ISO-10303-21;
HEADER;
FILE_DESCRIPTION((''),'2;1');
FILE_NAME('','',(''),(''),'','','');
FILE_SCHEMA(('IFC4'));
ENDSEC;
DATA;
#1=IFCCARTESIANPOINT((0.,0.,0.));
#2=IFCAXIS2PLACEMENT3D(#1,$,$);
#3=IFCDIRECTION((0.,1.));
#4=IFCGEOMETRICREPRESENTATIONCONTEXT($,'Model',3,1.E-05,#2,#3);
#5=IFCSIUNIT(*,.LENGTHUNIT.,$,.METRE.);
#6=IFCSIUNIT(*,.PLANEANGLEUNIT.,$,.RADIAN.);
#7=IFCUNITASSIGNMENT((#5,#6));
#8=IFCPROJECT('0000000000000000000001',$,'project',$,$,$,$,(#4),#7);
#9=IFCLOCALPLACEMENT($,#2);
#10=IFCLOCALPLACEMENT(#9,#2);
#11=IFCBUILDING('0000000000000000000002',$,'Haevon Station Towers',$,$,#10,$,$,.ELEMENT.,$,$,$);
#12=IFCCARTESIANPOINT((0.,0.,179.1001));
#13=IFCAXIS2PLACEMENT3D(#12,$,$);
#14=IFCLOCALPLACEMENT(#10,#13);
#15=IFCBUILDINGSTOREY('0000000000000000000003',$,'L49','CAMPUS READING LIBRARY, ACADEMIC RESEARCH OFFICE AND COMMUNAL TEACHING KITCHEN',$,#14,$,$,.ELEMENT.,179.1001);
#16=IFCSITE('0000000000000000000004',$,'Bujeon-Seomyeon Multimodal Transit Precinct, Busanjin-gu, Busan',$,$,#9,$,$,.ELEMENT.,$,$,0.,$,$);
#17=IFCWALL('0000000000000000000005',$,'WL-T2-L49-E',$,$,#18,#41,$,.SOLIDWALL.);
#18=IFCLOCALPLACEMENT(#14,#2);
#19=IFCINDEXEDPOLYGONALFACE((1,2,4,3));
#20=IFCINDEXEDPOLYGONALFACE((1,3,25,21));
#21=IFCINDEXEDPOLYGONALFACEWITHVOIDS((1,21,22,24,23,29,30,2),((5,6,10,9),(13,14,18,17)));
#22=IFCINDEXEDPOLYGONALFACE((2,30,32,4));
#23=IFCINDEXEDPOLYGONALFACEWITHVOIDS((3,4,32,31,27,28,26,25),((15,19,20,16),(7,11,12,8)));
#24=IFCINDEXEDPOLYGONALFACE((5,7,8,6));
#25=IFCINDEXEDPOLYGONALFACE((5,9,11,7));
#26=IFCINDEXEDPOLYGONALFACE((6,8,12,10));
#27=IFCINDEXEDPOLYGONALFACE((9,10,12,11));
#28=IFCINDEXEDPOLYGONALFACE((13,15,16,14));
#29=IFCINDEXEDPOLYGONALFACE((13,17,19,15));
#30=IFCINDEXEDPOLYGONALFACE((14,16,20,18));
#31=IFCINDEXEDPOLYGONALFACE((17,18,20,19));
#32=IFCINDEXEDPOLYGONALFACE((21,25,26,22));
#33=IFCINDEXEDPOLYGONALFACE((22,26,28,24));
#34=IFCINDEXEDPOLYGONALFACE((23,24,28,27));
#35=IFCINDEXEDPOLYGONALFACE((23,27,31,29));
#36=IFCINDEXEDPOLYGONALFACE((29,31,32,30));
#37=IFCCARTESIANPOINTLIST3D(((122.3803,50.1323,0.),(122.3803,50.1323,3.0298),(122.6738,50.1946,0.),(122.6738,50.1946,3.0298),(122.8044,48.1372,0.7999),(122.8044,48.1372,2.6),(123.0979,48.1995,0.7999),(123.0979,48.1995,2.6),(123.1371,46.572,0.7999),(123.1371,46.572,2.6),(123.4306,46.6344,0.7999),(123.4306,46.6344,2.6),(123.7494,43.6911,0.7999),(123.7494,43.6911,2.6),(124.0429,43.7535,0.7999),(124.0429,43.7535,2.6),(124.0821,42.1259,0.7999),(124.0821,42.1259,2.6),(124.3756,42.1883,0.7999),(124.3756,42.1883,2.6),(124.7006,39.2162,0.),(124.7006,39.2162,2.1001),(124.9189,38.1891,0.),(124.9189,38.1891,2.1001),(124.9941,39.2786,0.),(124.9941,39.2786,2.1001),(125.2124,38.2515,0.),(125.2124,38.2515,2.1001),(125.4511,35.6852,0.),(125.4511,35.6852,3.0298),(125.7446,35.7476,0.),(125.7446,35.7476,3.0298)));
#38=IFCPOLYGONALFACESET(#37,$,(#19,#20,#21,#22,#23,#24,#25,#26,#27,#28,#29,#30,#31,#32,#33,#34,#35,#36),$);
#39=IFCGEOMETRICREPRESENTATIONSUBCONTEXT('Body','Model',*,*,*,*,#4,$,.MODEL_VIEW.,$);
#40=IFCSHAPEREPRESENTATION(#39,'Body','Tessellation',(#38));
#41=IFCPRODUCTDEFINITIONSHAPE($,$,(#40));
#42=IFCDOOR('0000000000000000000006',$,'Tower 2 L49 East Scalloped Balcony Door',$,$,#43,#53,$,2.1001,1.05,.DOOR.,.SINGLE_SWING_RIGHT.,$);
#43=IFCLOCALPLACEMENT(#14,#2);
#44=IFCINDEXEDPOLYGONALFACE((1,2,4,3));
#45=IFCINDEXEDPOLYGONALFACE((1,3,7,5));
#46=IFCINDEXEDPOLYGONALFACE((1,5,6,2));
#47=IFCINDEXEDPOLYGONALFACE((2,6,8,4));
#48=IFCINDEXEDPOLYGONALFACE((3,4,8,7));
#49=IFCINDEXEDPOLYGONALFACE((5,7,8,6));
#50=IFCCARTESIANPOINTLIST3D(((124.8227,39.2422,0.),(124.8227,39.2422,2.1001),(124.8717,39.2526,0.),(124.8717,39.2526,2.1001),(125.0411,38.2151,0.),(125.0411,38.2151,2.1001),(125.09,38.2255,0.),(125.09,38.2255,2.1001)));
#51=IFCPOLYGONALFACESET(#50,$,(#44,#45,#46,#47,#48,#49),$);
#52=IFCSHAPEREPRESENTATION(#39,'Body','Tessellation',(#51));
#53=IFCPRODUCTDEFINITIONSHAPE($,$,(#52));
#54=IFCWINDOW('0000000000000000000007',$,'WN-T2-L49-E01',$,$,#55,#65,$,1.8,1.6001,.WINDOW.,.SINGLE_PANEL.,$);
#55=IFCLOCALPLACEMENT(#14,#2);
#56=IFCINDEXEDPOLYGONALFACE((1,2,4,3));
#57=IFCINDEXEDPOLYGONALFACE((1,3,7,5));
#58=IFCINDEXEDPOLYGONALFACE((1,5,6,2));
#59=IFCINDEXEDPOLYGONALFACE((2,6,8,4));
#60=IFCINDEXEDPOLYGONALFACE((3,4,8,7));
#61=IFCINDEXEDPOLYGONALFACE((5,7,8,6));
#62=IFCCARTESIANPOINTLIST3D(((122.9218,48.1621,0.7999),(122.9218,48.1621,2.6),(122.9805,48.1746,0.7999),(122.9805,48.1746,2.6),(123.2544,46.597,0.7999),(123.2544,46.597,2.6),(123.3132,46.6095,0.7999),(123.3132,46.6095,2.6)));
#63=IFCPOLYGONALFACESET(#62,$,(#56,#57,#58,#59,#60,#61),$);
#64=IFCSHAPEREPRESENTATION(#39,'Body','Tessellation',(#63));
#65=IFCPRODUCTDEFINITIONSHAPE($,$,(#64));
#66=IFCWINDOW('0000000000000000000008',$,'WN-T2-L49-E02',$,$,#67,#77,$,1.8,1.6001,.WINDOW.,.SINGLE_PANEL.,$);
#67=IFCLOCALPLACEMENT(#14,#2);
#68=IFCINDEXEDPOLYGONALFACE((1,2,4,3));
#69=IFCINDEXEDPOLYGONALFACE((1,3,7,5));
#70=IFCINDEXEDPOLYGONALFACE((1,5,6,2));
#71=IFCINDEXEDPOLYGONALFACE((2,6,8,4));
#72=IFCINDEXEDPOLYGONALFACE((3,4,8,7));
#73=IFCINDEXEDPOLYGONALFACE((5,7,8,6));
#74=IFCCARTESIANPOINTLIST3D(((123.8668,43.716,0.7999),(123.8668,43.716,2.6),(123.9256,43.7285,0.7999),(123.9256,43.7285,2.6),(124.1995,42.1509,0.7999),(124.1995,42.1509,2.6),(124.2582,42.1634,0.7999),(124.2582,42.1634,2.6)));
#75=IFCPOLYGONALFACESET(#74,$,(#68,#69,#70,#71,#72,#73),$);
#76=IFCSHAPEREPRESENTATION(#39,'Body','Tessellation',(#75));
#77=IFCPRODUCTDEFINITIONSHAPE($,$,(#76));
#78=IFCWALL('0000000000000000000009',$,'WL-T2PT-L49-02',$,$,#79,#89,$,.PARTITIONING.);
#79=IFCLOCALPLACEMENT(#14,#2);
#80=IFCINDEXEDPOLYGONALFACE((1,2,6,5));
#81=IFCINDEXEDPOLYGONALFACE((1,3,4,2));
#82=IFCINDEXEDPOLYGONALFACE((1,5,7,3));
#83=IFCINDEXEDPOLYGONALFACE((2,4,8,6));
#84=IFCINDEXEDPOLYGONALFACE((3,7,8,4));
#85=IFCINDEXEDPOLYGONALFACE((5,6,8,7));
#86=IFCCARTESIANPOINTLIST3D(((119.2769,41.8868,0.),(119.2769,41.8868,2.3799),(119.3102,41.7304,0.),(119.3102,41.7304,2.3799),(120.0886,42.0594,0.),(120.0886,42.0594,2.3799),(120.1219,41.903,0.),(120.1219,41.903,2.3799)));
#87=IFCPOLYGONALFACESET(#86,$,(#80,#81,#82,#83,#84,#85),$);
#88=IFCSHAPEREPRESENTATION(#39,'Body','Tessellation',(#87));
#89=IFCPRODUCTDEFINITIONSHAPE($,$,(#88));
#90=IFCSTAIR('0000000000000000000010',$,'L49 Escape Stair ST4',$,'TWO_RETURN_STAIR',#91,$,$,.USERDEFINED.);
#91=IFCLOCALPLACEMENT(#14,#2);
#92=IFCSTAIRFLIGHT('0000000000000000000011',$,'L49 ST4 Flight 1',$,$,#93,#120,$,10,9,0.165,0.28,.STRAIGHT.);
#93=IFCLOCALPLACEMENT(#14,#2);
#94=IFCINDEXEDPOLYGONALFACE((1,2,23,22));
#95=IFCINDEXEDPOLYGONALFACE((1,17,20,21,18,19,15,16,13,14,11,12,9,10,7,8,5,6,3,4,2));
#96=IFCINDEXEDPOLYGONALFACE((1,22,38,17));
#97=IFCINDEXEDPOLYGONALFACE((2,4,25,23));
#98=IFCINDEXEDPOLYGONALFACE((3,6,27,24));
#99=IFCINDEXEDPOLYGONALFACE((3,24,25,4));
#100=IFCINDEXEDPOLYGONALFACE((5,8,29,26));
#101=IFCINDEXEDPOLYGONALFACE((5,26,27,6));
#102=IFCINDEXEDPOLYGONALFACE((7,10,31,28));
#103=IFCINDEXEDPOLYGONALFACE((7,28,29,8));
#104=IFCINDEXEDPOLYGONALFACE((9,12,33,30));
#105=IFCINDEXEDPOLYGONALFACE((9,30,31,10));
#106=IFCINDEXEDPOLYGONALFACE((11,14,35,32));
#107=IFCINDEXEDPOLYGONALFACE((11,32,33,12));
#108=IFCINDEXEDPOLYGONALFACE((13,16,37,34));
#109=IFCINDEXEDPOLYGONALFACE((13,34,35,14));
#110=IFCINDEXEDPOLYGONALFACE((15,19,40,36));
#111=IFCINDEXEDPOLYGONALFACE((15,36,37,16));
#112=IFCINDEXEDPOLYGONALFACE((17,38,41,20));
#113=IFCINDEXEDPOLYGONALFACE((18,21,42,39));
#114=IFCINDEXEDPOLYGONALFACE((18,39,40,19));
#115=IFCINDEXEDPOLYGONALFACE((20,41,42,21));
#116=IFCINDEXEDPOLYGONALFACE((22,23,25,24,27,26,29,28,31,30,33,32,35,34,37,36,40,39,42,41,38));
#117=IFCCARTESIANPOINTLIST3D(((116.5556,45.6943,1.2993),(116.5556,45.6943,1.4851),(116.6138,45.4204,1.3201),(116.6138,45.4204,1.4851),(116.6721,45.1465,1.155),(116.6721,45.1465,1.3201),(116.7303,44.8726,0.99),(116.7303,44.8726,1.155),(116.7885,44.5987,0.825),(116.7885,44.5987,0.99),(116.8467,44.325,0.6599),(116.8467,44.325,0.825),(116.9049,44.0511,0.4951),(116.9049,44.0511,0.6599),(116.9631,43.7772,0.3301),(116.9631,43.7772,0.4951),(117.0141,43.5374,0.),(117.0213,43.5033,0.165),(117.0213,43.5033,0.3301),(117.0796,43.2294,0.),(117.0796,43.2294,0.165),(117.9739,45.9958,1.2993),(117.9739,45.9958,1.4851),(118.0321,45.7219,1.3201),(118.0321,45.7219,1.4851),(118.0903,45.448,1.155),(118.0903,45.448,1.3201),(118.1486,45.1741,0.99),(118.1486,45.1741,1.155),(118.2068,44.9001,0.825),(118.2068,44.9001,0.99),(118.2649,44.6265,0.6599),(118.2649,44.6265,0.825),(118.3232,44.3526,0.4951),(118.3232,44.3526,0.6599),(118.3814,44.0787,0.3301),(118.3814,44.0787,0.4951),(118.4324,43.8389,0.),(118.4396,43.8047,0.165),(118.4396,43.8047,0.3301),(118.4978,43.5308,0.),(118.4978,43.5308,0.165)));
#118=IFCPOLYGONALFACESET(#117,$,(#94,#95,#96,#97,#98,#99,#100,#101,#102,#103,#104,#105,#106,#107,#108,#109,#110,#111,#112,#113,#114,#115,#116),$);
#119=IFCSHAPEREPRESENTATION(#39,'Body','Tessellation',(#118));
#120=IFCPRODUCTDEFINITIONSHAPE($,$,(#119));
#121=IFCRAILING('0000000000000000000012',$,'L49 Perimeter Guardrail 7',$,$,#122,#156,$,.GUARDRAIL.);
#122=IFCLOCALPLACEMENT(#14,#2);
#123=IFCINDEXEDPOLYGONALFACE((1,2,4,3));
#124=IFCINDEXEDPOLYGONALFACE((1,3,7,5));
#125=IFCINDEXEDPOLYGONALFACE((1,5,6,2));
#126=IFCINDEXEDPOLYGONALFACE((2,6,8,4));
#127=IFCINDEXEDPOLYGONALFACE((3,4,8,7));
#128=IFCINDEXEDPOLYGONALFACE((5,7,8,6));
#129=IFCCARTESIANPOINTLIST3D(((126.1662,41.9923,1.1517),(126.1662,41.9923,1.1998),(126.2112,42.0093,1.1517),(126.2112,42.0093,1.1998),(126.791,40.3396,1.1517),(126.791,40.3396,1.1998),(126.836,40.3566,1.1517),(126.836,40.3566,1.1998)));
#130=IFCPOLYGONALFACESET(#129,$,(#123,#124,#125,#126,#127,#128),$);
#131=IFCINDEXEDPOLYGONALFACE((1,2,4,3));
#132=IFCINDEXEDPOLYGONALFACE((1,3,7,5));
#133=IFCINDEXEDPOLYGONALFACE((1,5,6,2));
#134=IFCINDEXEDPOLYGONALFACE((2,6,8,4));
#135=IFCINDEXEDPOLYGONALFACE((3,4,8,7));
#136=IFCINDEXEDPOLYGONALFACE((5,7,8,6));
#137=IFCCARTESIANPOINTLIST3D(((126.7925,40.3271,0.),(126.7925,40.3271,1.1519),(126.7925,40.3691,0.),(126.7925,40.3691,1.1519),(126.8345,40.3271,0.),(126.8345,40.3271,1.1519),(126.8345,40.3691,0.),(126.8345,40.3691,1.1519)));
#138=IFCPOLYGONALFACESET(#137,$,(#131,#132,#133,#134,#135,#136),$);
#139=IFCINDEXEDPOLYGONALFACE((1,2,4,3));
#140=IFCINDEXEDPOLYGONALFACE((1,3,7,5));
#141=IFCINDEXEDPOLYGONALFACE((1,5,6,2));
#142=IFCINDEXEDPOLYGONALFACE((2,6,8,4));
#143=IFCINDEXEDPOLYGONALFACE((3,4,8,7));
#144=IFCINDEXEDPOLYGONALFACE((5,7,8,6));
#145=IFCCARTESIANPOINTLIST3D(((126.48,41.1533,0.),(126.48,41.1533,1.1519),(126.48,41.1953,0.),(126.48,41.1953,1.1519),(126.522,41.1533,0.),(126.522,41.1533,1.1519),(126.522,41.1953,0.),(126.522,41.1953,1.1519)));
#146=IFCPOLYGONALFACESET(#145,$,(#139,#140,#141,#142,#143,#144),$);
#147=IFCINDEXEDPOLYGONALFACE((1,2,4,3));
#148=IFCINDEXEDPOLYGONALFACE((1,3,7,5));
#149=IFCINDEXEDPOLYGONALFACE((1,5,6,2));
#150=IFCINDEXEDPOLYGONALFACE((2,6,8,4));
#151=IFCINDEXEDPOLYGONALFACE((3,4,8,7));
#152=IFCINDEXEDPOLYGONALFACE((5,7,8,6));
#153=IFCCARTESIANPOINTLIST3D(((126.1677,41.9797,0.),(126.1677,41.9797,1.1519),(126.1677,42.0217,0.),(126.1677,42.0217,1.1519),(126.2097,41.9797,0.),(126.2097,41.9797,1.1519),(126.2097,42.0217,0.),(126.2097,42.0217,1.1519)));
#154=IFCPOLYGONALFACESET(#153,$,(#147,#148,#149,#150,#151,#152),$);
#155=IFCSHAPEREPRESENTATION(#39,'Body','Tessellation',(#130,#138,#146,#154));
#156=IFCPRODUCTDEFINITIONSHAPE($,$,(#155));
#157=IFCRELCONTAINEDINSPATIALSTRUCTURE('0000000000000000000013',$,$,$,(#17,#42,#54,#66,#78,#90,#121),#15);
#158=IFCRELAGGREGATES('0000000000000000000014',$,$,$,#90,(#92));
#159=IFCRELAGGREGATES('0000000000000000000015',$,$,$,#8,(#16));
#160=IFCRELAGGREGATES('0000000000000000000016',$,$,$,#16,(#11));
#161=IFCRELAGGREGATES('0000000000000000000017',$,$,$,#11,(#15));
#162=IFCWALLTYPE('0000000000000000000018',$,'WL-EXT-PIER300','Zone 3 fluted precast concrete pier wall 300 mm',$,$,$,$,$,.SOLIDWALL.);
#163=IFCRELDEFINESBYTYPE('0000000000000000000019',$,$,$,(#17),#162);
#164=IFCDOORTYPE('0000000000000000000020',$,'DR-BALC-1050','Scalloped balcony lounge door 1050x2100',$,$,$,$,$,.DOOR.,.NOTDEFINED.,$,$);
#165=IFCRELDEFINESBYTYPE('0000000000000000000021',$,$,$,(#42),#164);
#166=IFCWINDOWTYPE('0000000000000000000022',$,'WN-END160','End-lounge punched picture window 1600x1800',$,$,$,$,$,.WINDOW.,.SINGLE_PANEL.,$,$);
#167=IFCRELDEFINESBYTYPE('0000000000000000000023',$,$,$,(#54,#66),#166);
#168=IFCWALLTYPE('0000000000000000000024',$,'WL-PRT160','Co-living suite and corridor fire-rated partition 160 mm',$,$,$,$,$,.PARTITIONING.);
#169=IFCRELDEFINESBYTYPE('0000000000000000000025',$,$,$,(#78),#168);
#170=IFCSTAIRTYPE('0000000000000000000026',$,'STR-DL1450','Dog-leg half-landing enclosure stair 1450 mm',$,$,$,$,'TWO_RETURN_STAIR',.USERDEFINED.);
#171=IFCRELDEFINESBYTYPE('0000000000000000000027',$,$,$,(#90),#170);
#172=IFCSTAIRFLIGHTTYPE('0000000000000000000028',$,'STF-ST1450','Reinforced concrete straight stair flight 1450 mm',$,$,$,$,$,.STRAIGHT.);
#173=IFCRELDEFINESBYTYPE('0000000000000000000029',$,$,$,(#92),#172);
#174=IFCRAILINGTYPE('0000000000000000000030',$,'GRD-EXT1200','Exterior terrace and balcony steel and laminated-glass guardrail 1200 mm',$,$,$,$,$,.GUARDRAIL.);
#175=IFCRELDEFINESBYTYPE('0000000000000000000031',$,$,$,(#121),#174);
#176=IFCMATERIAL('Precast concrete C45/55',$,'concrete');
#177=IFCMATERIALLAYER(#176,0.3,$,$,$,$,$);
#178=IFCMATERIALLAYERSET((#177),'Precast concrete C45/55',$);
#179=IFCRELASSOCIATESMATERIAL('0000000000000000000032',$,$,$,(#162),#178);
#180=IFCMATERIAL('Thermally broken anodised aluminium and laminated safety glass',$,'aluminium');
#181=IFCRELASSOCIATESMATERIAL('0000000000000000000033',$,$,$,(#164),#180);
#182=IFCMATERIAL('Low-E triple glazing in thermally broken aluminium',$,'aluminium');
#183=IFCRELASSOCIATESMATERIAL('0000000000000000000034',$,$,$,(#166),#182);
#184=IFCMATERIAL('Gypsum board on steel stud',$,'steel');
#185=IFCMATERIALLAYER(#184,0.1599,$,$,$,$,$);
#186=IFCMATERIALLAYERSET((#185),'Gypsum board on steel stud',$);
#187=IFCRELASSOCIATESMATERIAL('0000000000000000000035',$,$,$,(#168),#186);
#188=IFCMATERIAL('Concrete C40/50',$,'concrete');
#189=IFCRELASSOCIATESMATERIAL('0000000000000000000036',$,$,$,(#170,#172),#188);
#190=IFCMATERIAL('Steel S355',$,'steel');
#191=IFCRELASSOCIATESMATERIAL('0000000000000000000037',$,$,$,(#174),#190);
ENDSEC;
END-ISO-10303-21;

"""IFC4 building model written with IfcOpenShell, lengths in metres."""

from ifc_helpers import new_model, si_unit, direction, frame, frame_2d, origin, origin_2d, place, context, subcontext, project, spatial, polyline, rectangle, outline, extrude, material, layer, layer_set, type_object, element, fill, aggregate, save


model = new_model("IFC4")

# Units and contexts
model_context = context("Model", 3, precision=1e-05, world=origin(), true_north=direction((0.0, 1.0)))
body_context = subcontext(model_context, "Body", "Model", "MODEL_VIEW")
ifc_project = project(units=[si_unit("LENGTHUNIT", "METRE"), si_unit("PLANEANGLEUNIT", "RADIAN")], contexts=[model_context])

# Site, building, storey
site_placement = place(None, origin())
site = spatial("IfcSite", under=ifc_project, at=site_placement, Name="Bujeon-Seomyeon Multimodal Transit Precinct, Busanjin-gu, Busan", CompositionType="ELEMENT", RefElevation=0.0)
building_placement = place(site_placement, origin())
building = spatial("IfcBuilding", under=site, at=building_placement, Name="Haevon Station Towers", CompositionType="ELEMENT")
storey_placement = place(building_placement, frame((0.0, 0.0, 179.1001)))
storey = spatial("IfcBuildingStorey", under=building, at=storey_placement, Name="L49", Description="CAMPUS READING LIBRARY, ACADEMIC RESEARCH OFFICE AND COMMUNAL TEACHING KITCHEN", CompositionType="ELEMENT", Elevation=179.1001)

# Shared definitions
ifc_material_1 = material(Name="Steel S355", Category="steel")

# Shared definitions
ifc_material_2 = material(Name="Precast concrete C45/55", Category="concrete")
ifc_layer_1 = layer(ifc_material_2, 0.3)
ifc_layer_set_1 = layer_set([ifc_layer_1], Name="Precast concrete C45/55")
wall_type_1 = type_object("IfcWallType", Name="WL-EXT-PIER300", Description="Zone 3 fluted precast concrete pier wall 300 mm", PredefinedType="SOLIDWALL", material=ifc_layer_set_1)

# Wall, openings, door, windows
wall_1_placement = place(storey_placement, frame((122.5271, 50.1633, 0.0), z_axis=(0.0, 0.0, 1.0), x_axis=(0.207911, -0.978148, 0.0)))
wall_1 = element("IfcWall", 1, at=wall_1_placement, inside=storey, type_object=wall_type_1, Name="WL-T2-L49-E", PredefinedType="SOLIDWALL", context=body_context, shape_type="SweptSolid", body=[
    extrude(rectangle(XDim=14.7698, YDim=0.3, at=frame_2d((7.3848, 0.0))), origin(), (0.0, 0.0, 1.0), 3.0298),
])
opening_1_placement = place(wall_1_placement, frame((11.1599, 0.0, 0.0)))
opening_1 = element("IfcOpeningElement", 2, at=opening_1_placement, cuts=wall_1, PredefinedType="OPENING", context=body_context, shape_type="SweptSolid", body=[
    extrude(rectangle(XDim=1.05, YDim=2.1001, at=frame_2d((0.5249, 1.05))), frame((0.0, 0.1599, 0.0), z_axis=(0.0, -1.0, 0.0), x_axis=(1.0, 0.0, 0.0)), (0.0, 0.0, 1.0), 0.3201),
])
opening_2_placement = place(wall_1_placement, frame((2.0396, 0.0, 0.8)))
opening_2 = element("IfcOpeningElement", 3, at=opening_2_placement, cuts=wall_1, PredefinedType="OPENING", context=body_context, shape_type="SweptSolid", body=[
    extrude(rectangle(XDim=1.6001, YDim=1.8, at=frame_2d((0.8, 0.8999))), frame((0.0, 0.1599, 0.0), z_axis=(0.0, -1.0, 0.0), x_axis=(1.0, 0.0, 0.0)), (0.0, 0.0, 1.0), 0.3201),
])
opening_3_placement = place(wall_1_placement, frame((6.585, 0.0, 0.8)))
opening_3 = element("IfcOpeningElement", 4, at=opening_3_placement, cuts=wall_1, PredefinedType="OPENING", context=body_context, shape_type="SweptSolid", body=[
    extrude(rectangle(XDim=1.6001, YDim=1.8, at=frame_2d((0.8, 0.8999))), frame((0.0, 0.1599, 0.0), z_axis=(0.0, -1.0, 0.0), x_axis=(1.0, 0.0, 0.0)), (0.0, 0.0, 1.0), 0.3201),
])
ifc_material_3 = material(Name="Thermally broken anodised aluminium and laminated safety glass", Category="aluminium")
door_type = type_object("IfcDoorType", Name="DR-BALC-1050", Description="Scalloped balcony lounge door 1050x2100", OperationType="NOTDEFINED", PredefinedType="DOOR", material=ifc_material_3)
door_placement = place(opening_1_placement, origin())
door = element("IfcDoor", 5, at=door_placement, inside=storey, type_object=door_type, Name="Tower 2 L49 East Scalloped Balcony Door", OperationType="SINGLE_SWING_RIGHT", OverallHeight=2.1001, OverallWidth=1.05, PredefinedType="DOOR", context=body_context, shape_type="SweptSolid", body=[
    extrude(rectangle(XDim=1.05, YDim=2.1001, at=frame_2d((0.5249, 1.05))), frame((0.0, 0.0249, 0.0), z_axis=(0.0, -1.0, 0.0), x_axis=(1.0, 0.0, 0.0)), (0.0, 0.0, 1.0), 0.05),
])
fill(opening_1, door)
ifc_material_4 = material(Name="Low-E triple glazing in thermally broken aluminium", Category="aluminium")
window_type = type_object("IfcWindowType", Name="WN-END160", Description="End-lounge punched picture window 1600x1800", PartitioningType="SINGLE_PANEL", PredefinedType="WINDOW", material=ifc_material_4)
window_1_placement = place(opening_2_placement, origin())
window_1 = element("IfcWindow", 6, at=window_1_placement, inside=storey, type_object=window_type, Name="WN-T2-L49-E01", OverallHeight=1.8, OverallWidth=1.6001, PartitioningType="SINGLE_PANEL", PredefinedType="WINDOW", context=body_context, shape_type="SweptSolid", body=[
    extrude(rectangle(XDim=1.6001, YDim=1.8, at=frame_2d((0.8, 0.8999))), frame((0.0, 0.03, 0.0), z_axis=(0.0, -1.0, 0.0), x_axis=(1.0, 0.0, 0.0)), (0.0, 0.0, 1.0), 0.0601),
])
fill(opening_2, window_1)
window_2_placement = place(opening_3_placement, origin())
window_2 = element("IfcWindow", 7, at=window_2_placement, inside=storey, type_object=window_type, Name="WN-T2-L49-E02", OverallHeight=1.8, OverallWidth=1.6001, PartitioningType="SINGLE_PANEL", PredefinedType="WINDOW", context=body_context, shape_type="SweptSolid", body=[
    extrude(rectangle(XDim=1.6001, YDim=1.8, at=frame_2d((0.8, 0.8999))), frame((0.0, 0.03, 0.0), z_axis=(0.0, -1.0, 0.0), x_axis=(1.0, 0.0, 0.0)), (0.0, 0.0, 1.0), 0.0601),
])
fill(opening_3, window_2)

# Wall
ifc_material_5 = material(Name="Gypsum board on steel stud", Category="steel")
ifc_layer_2 = layer(ifc_material_5, 0.1599)
ifc_layer_set_2 = layer_set([ifc_layer_2], Name="Gypsum board on steel stud")
wall_type_2 = type_object("IfcWallType", Name="WL-PRT160", Description="Co-living suite and corridor fire-rated partition 160 mm", PredefinedType="PARTITIONING", material=ifc_layer_set_2)
wall_2_placement = place(storey_placement, frame((119.2935, 41.8086, 0.0), z_axis=(0.0, 0.0, 1.0), x_axis=(0.978133, 0.207982, 0.0)))
element("IfcWall", 8, at=wall_2_placement, inside=storey, type_object=wall_type_2, Name="WL-T2PT-L49-02", PredefinedType="PARTITIONING", context=body_context, shape_type="SweptSolid", body=[
    extrude(rectangle(XDim=0.8298, YDim=0.1599, at=frame_2d((0.415, 0.0))), origin(), (0.0, 0.0, 1.0), 2.3799),
])

# Stair, stair flight
ifc_material_6 = material(Name="Concrete C40/50", Category="concrete")
stair_type = type_object("IfcStairType", Name="STR-DL1450", Description="Dog-leg half-landing enclosure stair 1450 mm", ElementType="TWO_RETURN_STAIR", PredefinedType="USERDEFINED", material=ifc_material_6)
stair_placement = place(storey_placement, origin())
stair = element("IfcStair", 9, at=stair_placement, inside=storey, type_object=stair_type, Name="L49 Escape Stair ST4", ObjectType="TWO_RETURN_STAIR", PredefinedType="USERDEFINED")
stair_flight_type = type_object("IfcStairFlightType", Name="STF-ST1450", Description="Reinforced concrete straight stair flight 1450 mm", PredefinedType="STRAIGHT", material=ifc_material_6)
stair_flight_placement = place(storey_placement, frame((117.7888, 43.3801, 0.0), z_axis=(0.0, 0.0, 1.0), x_axis=(-0.207912, 0.978148, 0.0)))
stair_flight = element("IfcStairFlight", 10, at=stair_flight_placement, type_object=stair_flight_type, Name="L49 ST4 Flight 1", NumberOfRisers=10, NumberOfTreads=9, PredefinedType="STRAIGHT", RiserHeight=0.165, TreadLength=0.28, context=body_context, shape_type="SweptSolid", body=[
    extrude(outline(polyline([(0.0, 0.0), (0.0, 0.165), (0.28, 0.165), (0.28, 0.3301), (0.5601, 0.3301), (0.5601, 0.4951), (0.8401, 0.4951), (0.8401, 0.6599), (1.1201, 0.6599), (1.1201, 0.825), (1.3999, 0.825), (1.3999, 0.99), (1.6799, 0.99), (1.6799, 1.155), (1.96, 1.155), (1.96, 1.3201), (2.24, 1.3201), (2.24, 1.4851), (2.52, 1.4851), (2.52, 1.6499), (2.52, 1.2993), (0.3149, 0.0), (0.0, 0.0)])), frame((0.0, 0.7251, 0.0), z_axis=(0.0, -1.0, 0.0), x_axis=(1.0, 0.0, 0.0)), (0.0, 0.0, 1.0), 1.45),
])
aggregate(stair, [stair_flight])

# Railing
railing_type_1 = type_object("IfcRailingType", Name="GRD-EXT1200", Description="Exterior terrace and balcony steel and laminated-glass guardrail 1200 mm", PredefinedType="GUARDRAIL", material=ifc_material_1)
railing_1_placement = place(storey_placement, frame((126.8135, 40.3481, 0.0)))
element("IfcRailing", 11, at=railing_1_placement, inside=storey, type_object=railing_type_1, Name="L49 Perimeter Guardrail 7", PredefinedType="GUARDRAIL", context=body_context, shape_type="SweptSolid", body=[
    extrude(rectangle(XDim=0.0481, YDim=0.0481, at=origin_2d()), frame((0.0, 0.0, 1.1758), z_axis=(-0.353621, 0.935389, 0.0), x_axis=(-0.935389, -0.353621, 0.0)), (0.0, 0.0, 1.0), 1.7668),
    extrude(rectangle(XDim=0.042, YDim=0.042, at=origin_2d()), origin(), (0.0, 0.0, 1.0), 1.1519),
    extrude(rectangle(XDim=0.042, YDim=0.042, at=origin_2d()), frame((-0.3125, 0.8262, 0.0)), (0.0, 0.0, 1.0), 1.1519),
    extrude(rectangle(XDim=0.042, YDim=0.042, at=origin_2d()), frame((-0.6248, 1.6526, 0.0)), (0.0, 0.0, 1.0), 1.1519),
])

save(model, "model.ifc")
